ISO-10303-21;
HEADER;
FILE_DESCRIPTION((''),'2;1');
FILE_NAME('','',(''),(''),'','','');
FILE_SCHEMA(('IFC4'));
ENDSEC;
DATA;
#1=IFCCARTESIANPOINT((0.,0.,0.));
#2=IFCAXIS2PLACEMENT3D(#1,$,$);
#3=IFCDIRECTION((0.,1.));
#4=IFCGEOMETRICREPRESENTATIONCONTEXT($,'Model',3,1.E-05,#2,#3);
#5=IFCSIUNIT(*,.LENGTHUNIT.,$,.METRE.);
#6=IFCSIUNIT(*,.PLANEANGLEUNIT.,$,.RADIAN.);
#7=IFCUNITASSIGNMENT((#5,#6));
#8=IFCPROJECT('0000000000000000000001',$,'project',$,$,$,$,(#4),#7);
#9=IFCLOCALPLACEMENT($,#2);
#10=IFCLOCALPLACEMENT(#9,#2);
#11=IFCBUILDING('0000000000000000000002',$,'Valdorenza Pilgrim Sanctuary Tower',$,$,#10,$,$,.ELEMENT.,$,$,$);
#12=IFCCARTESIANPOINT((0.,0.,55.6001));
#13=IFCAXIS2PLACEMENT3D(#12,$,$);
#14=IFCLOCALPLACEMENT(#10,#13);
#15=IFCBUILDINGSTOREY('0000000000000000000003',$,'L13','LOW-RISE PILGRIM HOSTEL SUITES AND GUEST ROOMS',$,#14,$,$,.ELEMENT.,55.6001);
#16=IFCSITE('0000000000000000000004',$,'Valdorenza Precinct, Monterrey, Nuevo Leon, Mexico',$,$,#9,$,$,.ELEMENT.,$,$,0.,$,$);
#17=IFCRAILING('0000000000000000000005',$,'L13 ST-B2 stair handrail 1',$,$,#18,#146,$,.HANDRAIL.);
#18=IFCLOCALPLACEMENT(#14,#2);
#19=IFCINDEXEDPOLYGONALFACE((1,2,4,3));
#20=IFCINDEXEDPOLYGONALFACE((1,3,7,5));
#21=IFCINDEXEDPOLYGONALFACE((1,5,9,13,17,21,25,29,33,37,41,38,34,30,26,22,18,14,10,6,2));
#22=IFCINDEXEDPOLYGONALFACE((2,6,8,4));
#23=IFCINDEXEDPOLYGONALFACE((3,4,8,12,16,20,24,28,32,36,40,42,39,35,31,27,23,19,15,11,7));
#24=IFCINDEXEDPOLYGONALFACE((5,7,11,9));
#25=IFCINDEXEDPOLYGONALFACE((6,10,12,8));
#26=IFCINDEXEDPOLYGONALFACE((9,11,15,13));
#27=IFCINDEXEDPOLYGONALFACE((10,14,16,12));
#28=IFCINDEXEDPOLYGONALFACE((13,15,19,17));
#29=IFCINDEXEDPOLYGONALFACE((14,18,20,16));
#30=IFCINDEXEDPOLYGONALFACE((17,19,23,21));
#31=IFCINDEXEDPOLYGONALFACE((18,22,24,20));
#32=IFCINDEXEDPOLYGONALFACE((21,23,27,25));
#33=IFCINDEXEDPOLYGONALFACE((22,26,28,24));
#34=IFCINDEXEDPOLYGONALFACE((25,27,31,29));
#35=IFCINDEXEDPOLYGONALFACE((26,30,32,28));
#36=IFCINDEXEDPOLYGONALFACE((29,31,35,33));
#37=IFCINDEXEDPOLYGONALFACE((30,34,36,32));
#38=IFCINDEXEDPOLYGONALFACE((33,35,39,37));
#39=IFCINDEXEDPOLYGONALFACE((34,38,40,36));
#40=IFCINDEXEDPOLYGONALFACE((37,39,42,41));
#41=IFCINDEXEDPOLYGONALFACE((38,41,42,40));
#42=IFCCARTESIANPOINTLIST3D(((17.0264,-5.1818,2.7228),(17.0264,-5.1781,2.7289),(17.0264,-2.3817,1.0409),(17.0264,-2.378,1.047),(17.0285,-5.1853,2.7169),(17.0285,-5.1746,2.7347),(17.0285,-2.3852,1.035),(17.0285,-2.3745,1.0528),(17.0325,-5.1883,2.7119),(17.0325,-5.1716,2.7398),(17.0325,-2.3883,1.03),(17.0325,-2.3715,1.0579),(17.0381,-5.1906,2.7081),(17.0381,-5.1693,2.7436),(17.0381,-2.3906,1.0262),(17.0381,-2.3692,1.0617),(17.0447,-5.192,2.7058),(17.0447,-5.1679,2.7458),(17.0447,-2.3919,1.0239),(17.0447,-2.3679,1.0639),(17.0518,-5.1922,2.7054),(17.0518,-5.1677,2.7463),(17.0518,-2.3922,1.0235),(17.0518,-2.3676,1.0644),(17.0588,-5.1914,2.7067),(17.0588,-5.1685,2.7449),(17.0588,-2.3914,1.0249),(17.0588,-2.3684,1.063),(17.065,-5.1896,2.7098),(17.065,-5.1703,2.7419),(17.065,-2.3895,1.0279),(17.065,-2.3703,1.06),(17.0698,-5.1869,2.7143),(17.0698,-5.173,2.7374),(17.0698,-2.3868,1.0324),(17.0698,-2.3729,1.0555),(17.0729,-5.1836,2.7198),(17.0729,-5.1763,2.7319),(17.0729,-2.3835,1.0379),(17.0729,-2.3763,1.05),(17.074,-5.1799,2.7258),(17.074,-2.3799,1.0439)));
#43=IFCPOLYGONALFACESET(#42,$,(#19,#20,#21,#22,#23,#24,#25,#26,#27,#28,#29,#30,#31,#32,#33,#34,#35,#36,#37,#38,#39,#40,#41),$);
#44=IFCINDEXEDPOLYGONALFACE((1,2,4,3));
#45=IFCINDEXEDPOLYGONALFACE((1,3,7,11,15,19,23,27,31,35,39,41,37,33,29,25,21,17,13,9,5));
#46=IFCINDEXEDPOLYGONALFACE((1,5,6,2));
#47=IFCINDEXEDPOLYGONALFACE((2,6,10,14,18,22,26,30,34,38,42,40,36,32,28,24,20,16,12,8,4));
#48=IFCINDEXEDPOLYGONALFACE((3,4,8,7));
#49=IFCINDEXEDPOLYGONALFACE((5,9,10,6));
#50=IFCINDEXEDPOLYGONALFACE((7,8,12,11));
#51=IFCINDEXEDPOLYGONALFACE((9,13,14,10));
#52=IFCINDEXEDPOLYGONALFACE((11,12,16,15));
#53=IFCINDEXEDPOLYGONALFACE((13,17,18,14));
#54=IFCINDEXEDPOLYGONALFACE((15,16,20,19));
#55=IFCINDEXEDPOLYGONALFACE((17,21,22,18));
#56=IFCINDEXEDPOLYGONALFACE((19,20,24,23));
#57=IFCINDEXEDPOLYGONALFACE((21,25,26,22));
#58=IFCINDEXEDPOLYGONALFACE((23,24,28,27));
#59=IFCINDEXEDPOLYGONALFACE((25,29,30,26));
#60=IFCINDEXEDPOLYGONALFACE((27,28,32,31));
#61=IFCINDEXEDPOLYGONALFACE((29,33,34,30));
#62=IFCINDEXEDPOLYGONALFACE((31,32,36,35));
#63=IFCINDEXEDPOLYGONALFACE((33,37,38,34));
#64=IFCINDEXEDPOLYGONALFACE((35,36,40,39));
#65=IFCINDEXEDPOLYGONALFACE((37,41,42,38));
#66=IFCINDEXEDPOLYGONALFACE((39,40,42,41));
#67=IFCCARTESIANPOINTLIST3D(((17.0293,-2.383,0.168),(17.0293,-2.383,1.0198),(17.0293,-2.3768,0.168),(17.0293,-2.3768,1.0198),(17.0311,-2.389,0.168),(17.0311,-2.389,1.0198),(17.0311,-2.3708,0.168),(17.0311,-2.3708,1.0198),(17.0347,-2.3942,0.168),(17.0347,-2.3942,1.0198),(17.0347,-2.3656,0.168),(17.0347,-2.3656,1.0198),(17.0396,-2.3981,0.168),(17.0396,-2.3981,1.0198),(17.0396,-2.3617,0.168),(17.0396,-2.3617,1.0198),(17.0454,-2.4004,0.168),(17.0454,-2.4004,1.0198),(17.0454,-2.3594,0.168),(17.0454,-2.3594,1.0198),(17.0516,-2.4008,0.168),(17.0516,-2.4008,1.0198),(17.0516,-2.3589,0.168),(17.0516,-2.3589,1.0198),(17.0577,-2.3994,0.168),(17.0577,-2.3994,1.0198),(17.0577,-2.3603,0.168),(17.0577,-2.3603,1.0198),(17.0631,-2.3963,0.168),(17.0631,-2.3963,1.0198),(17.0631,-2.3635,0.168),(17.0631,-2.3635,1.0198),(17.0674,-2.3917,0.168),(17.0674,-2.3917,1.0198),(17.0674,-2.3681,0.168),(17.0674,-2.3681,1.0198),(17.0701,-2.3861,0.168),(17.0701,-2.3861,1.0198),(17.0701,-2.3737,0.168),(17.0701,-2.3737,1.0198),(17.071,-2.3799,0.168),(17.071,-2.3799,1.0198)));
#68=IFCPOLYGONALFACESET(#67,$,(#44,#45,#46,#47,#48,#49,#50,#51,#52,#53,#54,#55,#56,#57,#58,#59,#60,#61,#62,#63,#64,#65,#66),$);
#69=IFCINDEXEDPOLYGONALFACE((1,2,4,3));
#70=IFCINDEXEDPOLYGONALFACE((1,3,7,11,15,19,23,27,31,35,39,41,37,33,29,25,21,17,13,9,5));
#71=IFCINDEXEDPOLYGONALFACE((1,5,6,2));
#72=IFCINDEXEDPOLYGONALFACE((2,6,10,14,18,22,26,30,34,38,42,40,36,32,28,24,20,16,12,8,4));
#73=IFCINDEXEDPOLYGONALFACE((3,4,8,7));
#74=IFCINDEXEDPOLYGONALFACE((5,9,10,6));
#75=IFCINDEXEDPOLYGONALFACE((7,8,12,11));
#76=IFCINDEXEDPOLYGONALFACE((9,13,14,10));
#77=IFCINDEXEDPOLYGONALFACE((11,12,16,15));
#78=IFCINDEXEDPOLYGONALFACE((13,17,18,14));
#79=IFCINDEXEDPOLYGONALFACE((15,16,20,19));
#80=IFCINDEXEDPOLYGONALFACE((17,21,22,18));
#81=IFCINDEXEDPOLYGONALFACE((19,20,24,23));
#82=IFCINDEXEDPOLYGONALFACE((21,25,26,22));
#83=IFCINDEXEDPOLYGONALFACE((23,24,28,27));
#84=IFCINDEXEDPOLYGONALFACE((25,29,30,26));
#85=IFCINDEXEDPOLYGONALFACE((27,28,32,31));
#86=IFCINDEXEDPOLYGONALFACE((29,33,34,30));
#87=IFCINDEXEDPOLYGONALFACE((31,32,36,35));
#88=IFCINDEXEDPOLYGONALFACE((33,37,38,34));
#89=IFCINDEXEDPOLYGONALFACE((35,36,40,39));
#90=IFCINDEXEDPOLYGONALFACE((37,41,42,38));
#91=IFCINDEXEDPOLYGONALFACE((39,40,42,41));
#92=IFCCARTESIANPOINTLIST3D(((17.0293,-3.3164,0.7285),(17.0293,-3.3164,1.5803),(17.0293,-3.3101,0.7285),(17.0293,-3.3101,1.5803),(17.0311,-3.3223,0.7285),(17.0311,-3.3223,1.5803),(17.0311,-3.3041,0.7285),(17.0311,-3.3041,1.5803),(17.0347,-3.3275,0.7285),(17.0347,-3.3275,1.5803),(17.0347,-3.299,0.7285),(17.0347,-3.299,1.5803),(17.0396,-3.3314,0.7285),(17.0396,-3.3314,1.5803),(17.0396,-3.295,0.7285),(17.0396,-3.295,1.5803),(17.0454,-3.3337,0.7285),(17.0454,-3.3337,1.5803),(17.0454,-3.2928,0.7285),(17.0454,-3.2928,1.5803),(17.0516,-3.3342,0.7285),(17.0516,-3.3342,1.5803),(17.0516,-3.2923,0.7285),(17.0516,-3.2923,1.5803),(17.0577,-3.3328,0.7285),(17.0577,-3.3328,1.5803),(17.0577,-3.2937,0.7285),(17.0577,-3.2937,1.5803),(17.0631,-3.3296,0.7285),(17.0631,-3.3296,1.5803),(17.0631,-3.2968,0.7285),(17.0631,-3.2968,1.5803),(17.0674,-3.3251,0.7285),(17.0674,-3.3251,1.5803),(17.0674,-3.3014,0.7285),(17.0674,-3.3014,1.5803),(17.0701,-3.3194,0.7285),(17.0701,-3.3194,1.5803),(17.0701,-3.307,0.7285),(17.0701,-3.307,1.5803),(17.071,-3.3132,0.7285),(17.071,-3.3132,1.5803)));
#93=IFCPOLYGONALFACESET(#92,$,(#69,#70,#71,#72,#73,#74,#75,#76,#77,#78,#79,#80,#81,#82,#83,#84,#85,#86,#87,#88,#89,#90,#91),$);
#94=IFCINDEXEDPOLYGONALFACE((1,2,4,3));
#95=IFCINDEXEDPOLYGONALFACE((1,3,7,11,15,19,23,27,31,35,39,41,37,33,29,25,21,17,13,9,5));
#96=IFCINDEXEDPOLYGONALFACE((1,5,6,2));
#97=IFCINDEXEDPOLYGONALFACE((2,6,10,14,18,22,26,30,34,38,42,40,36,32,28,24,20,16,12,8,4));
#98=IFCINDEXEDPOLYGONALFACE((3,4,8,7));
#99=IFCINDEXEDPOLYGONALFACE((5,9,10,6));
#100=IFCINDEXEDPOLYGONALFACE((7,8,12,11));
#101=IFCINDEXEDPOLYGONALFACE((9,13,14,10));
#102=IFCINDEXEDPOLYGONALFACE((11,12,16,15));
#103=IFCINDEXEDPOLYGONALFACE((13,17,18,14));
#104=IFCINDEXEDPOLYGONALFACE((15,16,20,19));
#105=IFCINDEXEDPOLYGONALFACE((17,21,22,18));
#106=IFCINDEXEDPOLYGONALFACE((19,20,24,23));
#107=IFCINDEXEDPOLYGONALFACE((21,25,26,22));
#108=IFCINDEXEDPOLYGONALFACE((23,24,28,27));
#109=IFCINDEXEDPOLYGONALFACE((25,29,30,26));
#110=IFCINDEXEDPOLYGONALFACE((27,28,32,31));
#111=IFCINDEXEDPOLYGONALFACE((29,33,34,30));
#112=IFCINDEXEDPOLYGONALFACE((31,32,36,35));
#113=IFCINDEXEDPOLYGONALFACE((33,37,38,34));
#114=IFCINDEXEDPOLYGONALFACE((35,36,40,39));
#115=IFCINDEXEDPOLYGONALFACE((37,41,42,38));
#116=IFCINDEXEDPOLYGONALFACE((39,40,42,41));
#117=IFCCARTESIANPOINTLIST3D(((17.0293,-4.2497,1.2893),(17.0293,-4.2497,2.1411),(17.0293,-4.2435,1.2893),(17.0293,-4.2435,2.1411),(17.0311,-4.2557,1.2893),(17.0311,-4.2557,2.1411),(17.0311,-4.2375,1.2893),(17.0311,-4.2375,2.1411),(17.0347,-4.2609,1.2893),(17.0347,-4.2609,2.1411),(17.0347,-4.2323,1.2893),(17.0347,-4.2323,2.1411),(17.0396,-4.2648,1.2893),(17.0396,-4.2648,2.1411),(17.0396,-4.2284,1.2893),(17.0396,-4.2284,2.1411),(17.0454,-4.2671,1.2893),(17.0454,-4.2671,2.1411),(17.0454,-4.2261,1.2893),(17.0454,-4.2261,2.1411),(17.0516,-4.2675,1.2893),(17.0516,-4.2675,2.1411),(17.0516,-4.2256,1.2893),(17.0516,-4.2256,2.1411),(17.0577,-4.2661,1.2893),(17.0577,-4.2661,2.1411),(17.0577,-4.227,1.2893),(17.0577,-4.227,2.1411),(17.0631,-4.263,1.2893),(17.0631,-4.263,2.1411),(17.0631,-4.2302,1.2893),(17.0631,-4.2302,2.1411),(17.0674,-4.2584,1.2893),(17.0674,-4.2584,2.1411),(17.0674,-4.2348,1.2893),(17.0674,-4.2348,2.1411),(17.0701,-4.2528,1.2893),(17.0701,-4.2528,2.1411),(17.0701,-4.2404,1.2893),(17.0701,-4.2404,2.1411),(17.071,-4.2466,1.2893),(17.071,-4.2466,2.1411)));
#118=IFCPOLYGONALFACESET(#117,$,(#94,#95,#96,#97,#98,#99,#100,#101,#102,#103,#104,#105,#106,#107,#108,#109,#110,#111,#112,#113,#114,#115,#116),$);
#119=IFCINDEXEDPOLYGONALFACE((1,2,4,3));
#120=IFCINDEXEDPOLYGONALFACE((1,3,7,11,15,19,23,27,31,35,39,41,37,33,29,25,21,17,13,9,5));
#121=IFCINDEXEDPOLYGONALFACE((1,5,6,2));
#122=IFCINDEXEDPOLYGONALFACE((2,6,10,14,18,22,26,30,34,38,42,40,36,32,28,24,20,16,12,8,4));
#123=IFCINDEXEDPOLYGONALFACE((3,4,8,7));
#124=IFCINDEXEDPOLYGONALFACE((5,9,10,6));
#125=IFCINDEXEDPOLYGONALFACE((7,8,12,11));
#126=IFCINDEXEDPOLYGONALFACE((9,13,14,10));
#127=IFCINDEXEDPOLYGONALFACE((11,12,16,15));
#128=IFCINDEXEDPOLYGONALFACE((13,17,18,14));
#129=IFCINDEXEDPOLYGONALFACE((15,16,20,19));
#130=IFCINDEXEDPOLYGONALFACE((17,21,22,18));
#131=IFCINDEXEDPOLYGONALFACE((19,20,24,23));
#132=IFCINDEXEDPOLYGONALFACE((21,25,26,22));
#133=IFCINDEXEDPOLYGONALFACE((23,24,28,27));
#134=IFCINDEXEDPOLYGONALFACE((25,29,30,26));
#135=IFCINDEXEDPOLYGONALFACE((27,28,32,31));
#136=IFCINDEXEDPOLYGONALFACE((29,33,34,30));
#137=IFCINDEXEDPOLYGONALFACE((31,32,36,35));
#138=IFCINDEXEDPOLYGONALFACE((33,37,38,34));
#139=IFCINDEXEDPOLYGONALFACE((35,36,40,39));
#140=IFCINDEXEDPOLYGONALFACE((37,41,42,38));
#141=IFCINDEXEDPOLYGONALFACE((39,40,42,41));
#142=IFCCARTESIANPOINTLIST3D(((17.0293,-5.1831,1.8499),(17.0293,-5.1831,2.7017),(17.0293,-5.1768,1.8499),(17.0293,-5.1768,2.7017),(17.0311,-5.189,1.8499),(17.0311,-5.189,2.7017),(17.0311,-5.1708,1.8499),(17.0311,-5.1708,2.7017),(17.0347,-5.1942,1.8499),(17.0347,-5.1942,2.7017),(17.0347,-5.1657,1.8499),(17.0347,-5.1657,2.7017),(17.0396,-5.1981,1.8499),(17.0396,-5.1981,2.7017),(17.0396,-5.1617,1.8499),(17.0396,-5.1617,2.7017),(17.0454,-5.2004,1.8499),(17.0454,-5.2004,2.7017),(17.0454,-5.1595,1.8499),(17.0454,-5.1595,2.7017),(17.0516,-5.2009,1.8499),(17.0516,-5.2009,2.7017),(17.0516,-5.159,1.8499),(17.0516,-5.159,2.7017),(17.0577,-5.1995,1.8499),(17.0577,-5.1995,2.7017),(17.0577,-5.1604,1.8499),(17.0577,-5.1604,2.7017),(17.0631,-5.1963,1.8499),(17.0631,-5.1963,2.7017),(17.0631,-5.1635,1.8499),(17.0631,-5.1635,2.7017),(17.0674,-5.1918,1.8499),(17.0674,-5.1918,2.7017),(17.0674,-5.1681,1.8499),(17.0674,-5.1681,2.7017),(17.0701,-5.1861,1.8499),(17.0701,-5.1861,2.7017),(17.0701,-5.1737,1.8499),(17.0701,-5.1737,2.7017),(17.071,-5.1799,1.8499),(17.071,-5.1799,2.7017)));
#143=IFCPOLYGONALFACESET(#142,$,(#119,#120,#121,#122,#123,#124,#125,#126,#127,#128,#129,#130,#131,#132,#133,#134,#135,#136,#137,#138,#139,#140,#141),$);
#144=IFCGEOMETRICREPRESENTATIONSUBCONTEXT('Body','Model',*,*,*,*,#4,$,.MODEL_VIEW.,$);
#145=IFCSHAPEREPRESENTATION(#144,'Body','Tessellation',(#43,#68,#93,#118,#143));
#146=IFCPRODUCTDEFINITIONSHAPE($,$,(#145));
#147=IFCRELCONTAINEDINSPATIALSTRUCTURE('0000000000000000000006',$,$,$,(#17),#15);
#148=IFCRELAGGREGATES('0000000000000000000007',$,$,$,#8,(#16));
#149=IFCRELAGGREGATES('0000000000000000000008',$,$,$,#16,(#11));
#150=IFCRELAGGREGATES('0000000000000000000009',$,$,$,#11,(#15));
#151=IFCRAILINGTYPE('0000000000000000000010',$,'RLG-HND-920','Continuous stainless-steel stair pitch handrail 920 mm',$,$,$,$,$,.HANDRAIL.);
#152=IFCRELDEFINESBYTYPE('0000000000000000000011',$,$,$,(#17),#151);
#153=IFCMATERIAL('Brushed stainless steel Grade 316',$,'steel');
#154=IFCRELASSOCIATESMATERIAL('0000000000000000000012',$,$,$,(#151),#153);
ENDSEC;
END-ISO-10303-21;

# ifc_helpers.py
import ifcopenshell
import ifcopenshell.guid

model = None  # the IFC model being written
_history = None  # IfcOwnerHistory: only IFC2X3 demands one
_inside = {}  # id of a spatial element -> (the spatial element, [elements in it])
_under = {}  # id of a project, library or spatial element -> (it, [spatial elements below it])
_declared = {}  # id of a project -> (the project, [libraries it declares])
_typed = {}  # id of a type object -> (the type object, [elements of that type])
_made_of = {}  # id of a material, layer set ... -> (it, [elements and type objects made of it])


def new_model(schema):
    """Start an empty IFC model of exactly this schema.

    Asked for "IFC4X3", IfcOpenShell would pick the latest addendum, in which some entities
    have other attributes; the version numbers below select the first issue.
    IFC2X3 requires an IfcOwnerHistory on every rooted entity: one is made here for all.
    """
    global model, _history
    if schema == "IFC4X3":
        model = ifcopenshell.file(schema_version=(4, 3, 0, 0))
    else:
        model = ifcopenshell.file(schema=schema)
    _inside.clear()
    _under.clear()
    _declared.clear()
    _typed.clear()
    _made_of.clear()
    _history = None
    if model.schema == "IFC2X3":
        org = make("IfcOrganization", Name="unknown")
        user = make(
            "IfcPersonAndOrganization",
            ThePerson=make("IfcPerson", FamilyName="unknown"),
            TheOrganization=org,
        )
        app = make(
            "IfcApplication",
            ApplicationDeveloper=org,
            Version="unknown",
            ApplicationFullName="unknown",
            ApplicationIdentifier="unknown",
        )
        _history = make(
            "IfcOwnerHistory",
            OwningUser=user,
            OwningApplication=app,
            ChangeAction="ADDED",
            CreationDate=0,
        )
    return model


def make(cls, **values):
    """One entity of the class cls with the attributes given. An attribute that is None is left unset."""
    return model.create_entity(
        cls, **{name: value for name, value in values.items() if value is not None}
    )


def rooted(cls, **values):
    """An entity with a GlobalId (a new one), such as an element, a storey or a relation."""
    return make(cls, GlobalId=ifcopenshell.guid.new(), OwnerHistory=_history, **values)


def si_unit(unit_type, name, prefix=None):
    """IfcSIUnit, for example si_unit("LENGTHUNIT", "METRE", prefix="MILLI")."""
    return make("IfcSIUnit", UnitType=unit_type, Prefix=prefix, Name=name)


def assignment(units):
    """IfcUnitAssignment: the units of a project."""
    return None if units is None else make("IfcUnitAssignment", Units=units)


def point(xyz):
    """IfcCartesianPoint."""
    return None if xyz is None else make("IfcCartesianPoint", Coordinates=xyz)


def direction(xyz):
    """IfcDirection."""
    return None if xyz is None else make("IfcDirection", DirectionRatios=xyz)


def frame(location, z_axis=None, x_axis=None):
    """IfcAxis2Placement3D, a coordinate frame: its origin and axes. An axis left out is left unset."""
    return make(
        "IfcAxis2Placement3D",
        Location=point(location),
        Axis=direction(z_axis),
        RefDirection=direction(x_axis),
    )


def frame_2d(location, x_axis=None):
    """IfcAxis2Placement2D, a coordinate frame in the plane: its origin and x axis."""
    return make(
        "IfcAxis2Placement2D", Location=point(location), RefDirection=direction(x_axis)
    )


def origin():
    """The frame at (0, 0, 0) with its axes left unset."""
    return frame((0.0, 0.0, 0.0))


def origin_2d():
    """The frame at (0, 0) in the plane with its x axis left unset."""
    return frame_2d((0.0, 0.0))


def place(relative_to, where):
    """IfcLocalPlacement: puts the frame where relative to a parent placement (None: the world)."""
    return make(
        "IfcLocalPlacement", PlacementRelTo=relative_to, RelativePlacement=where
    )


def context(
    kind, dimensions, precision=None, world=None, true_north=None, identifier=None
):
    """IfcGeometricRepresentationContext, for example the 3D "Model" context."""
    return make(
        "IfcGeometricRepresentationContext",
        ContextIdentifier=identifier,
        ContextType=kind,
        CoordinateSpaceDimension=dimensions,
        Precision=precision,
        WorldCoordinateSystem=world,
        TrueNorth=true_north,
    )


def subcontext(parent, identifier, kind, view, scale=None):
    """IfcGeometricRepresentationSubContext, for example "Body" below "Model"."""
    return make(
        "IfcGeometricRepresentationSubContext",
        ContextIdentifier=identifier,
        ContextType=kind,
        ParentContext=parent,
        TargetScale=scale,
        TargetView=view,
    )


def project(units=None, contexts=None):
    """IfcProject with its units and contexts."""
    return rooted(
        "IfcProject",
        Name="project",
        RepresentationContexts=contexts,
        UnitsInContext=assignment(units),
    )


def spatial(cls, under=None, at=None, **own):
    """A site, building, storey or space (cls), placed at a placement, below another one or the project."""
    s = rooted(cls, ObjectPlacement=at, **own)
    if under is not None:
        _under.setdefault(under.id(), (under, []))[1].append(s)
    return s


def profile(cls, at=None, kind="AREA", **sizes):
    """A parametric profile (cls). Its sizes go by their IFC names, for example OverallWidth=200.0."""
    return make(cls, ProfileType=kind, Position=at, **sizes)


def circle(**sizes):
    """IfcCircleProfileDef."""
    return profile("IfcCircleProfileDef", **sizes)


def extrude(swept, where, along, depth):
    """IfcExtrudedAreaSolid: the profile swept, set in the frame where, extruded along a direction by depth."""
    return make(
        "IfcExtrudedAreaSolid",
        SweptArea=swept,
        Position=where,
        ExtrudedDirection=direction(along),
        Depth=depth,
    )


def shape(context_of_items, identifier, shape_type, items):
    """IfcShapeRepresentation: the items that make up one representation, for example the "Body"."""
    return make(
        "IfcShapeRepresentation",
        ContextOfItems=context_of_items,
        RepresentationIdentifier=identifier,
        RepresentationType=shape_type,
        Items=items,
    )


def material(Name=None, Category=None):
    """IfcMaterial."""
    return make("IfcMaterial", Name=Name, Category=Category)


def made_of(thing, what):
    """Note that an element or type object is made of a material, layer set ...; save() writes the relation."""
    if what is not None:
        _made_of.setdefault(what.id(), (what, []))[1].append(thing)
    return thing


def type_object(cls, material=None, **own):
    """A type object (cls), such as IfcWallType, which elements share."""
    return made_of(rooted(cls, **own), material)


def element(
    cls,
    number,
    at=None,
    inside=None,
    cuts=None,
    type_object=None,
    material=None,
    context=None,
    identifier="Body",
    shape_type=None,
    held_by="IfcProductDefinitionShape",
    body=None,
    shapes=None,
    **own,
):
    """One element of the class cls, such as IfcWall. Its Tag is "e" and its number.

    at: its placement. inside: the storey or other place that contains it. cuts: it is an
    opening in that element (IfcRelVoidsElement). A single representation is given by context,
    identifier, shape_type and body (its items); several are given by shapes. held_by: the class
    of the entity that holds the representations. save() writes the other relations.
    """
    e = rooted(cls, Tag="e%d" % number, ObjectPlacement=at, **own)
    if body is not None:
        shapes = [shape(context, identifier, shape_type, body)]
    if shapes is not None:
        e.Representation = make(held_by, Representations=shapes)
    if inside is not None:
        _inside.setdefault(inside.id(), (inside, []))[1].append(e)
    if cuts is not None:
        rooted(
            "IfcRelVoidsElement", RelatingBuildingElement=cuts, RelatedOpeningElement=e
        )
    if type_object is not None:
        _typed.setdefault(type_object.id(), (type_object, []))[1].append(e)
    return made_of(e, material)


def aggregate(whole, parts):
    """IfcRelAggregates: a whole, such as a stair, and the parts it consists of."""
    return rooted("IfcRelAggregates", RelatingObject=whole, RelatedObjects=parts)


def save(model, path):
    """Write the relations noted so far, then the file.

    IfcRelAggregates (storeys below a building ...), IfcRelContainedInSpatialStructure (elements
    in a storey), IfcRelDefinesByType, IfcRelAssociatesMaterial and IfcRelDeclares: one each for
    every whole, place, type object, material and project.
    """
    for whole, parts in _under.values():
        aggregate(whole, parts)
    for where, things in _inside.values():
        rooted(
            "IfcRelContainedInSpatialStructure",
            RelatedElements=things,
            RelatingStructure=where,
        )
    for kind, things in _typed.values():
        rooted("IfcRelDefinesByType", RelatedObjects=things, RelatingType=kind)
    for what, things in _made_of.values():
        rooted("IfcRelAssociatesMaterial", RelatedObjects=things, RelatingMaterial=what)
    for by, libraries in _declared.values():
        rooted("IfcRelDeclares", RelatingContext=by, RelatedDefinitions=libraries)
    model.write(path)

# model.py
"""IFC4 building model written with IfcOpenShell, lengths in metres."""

from ifc_helpers import new_model, si_unit, direction, frame, origin, origin_2d, place, context, subcontext, project, spatial, circle, extrude, material, type_object, element, save


model = new_model("IFC4")

# Units and contexts
model_context = context("Model", 3, precision=1e-05, world=origin(), true_north=direction((0.0, 1.0)))
body_context = subcontext(model_context, "Body", "Model", "MODEL_VIEW")
ifc_project = project(units=[si_unit("LENGTHUNIT", "METRE"), si_unit("PLANEANGLEUNIT", "RADIAN")], contexts=[model_context])

# Site, building, storey
site_placement = place(None, origin())
site = spatial("IfcSite", under=ifc_project, at=site_placement, Name="Valdorenza Precinct, Monterrey, Nuevo Leon, Mexico", CompositionType="ELEMENT", RefElevation=0.0)
building_placement = place(site_placement, origin())
building = spatial("IfcBuilding", under=site, at=building_placement, Name="Valdorenza Pilgrim Sanctuary Tower", CompositionType="ELEMENT")
storey_placement = place(building_placement, frame((0.0, 0.0, 55.6001)))
storey = spatial("IfcBuildingStorey", under=building, at=storey_placement, Name="L13", Description="LOW-RISE PILGRIM HOSTEL SUITES AND GUEST ROOMS", CompositionType="ELEMENT", Elevation=55.6001)

# Shared definitions
ifc_material_1 = material(Name="Brushed stainless steel Grade 316", Category="steel")

# Railing
railing_type_1 = type_object("IfcRailingType", Name="RLG-HND-920", Description="Continuous stainless-steel stair pitch handrail 920 mm", PredefinedType="HANDRAIL", material=ifc_material_1)
railing_1_placement = place(storey_placement, frame((17.05, -2.3799, 0.168)))
element("IfcRailing", 1, at=railing_1_placement, inside=storey, type_object=railing_type_1, Name="L13 ST-B2 stair handrail 1", PredefinedType="HANDRAIL", context=body_context, shape_type="SweptSolid", body=[
    extrude(circle(Radius=0.0239, at=origin_2d()), frame((0.0, 0.0, 0.876), z_axis=(0.0, -0.857242, 0.514913), x_axis=(1.0, 0.0, 0.0)), (0.0, 0.0, 1.0), 3.2664),
    extrude(circle(Radius=0.021, at=origin_2d()), origin(), (0.0, 0.0, 1.0), 0.8518),
    extrude(circle(Radius=0.021, at=origin_2d()), frame((0.0, -0.9333, 0.5605)), (0.0, 0.0, 1.0), 0.8518),
    extrude(circle(Radius=0.021, at=origin_2d()), frame((0.0, -1.8667, 1.1213)), (0.0, 0.0, 1.0), 0.8518),
    extrude(circle(Radius=0.021, at=origin_2d()), frame((0.0, -2.8, 1.6819)), (0.0, 0.0, 1.0), 0.8518),
])

save(model, "model.ifc")
